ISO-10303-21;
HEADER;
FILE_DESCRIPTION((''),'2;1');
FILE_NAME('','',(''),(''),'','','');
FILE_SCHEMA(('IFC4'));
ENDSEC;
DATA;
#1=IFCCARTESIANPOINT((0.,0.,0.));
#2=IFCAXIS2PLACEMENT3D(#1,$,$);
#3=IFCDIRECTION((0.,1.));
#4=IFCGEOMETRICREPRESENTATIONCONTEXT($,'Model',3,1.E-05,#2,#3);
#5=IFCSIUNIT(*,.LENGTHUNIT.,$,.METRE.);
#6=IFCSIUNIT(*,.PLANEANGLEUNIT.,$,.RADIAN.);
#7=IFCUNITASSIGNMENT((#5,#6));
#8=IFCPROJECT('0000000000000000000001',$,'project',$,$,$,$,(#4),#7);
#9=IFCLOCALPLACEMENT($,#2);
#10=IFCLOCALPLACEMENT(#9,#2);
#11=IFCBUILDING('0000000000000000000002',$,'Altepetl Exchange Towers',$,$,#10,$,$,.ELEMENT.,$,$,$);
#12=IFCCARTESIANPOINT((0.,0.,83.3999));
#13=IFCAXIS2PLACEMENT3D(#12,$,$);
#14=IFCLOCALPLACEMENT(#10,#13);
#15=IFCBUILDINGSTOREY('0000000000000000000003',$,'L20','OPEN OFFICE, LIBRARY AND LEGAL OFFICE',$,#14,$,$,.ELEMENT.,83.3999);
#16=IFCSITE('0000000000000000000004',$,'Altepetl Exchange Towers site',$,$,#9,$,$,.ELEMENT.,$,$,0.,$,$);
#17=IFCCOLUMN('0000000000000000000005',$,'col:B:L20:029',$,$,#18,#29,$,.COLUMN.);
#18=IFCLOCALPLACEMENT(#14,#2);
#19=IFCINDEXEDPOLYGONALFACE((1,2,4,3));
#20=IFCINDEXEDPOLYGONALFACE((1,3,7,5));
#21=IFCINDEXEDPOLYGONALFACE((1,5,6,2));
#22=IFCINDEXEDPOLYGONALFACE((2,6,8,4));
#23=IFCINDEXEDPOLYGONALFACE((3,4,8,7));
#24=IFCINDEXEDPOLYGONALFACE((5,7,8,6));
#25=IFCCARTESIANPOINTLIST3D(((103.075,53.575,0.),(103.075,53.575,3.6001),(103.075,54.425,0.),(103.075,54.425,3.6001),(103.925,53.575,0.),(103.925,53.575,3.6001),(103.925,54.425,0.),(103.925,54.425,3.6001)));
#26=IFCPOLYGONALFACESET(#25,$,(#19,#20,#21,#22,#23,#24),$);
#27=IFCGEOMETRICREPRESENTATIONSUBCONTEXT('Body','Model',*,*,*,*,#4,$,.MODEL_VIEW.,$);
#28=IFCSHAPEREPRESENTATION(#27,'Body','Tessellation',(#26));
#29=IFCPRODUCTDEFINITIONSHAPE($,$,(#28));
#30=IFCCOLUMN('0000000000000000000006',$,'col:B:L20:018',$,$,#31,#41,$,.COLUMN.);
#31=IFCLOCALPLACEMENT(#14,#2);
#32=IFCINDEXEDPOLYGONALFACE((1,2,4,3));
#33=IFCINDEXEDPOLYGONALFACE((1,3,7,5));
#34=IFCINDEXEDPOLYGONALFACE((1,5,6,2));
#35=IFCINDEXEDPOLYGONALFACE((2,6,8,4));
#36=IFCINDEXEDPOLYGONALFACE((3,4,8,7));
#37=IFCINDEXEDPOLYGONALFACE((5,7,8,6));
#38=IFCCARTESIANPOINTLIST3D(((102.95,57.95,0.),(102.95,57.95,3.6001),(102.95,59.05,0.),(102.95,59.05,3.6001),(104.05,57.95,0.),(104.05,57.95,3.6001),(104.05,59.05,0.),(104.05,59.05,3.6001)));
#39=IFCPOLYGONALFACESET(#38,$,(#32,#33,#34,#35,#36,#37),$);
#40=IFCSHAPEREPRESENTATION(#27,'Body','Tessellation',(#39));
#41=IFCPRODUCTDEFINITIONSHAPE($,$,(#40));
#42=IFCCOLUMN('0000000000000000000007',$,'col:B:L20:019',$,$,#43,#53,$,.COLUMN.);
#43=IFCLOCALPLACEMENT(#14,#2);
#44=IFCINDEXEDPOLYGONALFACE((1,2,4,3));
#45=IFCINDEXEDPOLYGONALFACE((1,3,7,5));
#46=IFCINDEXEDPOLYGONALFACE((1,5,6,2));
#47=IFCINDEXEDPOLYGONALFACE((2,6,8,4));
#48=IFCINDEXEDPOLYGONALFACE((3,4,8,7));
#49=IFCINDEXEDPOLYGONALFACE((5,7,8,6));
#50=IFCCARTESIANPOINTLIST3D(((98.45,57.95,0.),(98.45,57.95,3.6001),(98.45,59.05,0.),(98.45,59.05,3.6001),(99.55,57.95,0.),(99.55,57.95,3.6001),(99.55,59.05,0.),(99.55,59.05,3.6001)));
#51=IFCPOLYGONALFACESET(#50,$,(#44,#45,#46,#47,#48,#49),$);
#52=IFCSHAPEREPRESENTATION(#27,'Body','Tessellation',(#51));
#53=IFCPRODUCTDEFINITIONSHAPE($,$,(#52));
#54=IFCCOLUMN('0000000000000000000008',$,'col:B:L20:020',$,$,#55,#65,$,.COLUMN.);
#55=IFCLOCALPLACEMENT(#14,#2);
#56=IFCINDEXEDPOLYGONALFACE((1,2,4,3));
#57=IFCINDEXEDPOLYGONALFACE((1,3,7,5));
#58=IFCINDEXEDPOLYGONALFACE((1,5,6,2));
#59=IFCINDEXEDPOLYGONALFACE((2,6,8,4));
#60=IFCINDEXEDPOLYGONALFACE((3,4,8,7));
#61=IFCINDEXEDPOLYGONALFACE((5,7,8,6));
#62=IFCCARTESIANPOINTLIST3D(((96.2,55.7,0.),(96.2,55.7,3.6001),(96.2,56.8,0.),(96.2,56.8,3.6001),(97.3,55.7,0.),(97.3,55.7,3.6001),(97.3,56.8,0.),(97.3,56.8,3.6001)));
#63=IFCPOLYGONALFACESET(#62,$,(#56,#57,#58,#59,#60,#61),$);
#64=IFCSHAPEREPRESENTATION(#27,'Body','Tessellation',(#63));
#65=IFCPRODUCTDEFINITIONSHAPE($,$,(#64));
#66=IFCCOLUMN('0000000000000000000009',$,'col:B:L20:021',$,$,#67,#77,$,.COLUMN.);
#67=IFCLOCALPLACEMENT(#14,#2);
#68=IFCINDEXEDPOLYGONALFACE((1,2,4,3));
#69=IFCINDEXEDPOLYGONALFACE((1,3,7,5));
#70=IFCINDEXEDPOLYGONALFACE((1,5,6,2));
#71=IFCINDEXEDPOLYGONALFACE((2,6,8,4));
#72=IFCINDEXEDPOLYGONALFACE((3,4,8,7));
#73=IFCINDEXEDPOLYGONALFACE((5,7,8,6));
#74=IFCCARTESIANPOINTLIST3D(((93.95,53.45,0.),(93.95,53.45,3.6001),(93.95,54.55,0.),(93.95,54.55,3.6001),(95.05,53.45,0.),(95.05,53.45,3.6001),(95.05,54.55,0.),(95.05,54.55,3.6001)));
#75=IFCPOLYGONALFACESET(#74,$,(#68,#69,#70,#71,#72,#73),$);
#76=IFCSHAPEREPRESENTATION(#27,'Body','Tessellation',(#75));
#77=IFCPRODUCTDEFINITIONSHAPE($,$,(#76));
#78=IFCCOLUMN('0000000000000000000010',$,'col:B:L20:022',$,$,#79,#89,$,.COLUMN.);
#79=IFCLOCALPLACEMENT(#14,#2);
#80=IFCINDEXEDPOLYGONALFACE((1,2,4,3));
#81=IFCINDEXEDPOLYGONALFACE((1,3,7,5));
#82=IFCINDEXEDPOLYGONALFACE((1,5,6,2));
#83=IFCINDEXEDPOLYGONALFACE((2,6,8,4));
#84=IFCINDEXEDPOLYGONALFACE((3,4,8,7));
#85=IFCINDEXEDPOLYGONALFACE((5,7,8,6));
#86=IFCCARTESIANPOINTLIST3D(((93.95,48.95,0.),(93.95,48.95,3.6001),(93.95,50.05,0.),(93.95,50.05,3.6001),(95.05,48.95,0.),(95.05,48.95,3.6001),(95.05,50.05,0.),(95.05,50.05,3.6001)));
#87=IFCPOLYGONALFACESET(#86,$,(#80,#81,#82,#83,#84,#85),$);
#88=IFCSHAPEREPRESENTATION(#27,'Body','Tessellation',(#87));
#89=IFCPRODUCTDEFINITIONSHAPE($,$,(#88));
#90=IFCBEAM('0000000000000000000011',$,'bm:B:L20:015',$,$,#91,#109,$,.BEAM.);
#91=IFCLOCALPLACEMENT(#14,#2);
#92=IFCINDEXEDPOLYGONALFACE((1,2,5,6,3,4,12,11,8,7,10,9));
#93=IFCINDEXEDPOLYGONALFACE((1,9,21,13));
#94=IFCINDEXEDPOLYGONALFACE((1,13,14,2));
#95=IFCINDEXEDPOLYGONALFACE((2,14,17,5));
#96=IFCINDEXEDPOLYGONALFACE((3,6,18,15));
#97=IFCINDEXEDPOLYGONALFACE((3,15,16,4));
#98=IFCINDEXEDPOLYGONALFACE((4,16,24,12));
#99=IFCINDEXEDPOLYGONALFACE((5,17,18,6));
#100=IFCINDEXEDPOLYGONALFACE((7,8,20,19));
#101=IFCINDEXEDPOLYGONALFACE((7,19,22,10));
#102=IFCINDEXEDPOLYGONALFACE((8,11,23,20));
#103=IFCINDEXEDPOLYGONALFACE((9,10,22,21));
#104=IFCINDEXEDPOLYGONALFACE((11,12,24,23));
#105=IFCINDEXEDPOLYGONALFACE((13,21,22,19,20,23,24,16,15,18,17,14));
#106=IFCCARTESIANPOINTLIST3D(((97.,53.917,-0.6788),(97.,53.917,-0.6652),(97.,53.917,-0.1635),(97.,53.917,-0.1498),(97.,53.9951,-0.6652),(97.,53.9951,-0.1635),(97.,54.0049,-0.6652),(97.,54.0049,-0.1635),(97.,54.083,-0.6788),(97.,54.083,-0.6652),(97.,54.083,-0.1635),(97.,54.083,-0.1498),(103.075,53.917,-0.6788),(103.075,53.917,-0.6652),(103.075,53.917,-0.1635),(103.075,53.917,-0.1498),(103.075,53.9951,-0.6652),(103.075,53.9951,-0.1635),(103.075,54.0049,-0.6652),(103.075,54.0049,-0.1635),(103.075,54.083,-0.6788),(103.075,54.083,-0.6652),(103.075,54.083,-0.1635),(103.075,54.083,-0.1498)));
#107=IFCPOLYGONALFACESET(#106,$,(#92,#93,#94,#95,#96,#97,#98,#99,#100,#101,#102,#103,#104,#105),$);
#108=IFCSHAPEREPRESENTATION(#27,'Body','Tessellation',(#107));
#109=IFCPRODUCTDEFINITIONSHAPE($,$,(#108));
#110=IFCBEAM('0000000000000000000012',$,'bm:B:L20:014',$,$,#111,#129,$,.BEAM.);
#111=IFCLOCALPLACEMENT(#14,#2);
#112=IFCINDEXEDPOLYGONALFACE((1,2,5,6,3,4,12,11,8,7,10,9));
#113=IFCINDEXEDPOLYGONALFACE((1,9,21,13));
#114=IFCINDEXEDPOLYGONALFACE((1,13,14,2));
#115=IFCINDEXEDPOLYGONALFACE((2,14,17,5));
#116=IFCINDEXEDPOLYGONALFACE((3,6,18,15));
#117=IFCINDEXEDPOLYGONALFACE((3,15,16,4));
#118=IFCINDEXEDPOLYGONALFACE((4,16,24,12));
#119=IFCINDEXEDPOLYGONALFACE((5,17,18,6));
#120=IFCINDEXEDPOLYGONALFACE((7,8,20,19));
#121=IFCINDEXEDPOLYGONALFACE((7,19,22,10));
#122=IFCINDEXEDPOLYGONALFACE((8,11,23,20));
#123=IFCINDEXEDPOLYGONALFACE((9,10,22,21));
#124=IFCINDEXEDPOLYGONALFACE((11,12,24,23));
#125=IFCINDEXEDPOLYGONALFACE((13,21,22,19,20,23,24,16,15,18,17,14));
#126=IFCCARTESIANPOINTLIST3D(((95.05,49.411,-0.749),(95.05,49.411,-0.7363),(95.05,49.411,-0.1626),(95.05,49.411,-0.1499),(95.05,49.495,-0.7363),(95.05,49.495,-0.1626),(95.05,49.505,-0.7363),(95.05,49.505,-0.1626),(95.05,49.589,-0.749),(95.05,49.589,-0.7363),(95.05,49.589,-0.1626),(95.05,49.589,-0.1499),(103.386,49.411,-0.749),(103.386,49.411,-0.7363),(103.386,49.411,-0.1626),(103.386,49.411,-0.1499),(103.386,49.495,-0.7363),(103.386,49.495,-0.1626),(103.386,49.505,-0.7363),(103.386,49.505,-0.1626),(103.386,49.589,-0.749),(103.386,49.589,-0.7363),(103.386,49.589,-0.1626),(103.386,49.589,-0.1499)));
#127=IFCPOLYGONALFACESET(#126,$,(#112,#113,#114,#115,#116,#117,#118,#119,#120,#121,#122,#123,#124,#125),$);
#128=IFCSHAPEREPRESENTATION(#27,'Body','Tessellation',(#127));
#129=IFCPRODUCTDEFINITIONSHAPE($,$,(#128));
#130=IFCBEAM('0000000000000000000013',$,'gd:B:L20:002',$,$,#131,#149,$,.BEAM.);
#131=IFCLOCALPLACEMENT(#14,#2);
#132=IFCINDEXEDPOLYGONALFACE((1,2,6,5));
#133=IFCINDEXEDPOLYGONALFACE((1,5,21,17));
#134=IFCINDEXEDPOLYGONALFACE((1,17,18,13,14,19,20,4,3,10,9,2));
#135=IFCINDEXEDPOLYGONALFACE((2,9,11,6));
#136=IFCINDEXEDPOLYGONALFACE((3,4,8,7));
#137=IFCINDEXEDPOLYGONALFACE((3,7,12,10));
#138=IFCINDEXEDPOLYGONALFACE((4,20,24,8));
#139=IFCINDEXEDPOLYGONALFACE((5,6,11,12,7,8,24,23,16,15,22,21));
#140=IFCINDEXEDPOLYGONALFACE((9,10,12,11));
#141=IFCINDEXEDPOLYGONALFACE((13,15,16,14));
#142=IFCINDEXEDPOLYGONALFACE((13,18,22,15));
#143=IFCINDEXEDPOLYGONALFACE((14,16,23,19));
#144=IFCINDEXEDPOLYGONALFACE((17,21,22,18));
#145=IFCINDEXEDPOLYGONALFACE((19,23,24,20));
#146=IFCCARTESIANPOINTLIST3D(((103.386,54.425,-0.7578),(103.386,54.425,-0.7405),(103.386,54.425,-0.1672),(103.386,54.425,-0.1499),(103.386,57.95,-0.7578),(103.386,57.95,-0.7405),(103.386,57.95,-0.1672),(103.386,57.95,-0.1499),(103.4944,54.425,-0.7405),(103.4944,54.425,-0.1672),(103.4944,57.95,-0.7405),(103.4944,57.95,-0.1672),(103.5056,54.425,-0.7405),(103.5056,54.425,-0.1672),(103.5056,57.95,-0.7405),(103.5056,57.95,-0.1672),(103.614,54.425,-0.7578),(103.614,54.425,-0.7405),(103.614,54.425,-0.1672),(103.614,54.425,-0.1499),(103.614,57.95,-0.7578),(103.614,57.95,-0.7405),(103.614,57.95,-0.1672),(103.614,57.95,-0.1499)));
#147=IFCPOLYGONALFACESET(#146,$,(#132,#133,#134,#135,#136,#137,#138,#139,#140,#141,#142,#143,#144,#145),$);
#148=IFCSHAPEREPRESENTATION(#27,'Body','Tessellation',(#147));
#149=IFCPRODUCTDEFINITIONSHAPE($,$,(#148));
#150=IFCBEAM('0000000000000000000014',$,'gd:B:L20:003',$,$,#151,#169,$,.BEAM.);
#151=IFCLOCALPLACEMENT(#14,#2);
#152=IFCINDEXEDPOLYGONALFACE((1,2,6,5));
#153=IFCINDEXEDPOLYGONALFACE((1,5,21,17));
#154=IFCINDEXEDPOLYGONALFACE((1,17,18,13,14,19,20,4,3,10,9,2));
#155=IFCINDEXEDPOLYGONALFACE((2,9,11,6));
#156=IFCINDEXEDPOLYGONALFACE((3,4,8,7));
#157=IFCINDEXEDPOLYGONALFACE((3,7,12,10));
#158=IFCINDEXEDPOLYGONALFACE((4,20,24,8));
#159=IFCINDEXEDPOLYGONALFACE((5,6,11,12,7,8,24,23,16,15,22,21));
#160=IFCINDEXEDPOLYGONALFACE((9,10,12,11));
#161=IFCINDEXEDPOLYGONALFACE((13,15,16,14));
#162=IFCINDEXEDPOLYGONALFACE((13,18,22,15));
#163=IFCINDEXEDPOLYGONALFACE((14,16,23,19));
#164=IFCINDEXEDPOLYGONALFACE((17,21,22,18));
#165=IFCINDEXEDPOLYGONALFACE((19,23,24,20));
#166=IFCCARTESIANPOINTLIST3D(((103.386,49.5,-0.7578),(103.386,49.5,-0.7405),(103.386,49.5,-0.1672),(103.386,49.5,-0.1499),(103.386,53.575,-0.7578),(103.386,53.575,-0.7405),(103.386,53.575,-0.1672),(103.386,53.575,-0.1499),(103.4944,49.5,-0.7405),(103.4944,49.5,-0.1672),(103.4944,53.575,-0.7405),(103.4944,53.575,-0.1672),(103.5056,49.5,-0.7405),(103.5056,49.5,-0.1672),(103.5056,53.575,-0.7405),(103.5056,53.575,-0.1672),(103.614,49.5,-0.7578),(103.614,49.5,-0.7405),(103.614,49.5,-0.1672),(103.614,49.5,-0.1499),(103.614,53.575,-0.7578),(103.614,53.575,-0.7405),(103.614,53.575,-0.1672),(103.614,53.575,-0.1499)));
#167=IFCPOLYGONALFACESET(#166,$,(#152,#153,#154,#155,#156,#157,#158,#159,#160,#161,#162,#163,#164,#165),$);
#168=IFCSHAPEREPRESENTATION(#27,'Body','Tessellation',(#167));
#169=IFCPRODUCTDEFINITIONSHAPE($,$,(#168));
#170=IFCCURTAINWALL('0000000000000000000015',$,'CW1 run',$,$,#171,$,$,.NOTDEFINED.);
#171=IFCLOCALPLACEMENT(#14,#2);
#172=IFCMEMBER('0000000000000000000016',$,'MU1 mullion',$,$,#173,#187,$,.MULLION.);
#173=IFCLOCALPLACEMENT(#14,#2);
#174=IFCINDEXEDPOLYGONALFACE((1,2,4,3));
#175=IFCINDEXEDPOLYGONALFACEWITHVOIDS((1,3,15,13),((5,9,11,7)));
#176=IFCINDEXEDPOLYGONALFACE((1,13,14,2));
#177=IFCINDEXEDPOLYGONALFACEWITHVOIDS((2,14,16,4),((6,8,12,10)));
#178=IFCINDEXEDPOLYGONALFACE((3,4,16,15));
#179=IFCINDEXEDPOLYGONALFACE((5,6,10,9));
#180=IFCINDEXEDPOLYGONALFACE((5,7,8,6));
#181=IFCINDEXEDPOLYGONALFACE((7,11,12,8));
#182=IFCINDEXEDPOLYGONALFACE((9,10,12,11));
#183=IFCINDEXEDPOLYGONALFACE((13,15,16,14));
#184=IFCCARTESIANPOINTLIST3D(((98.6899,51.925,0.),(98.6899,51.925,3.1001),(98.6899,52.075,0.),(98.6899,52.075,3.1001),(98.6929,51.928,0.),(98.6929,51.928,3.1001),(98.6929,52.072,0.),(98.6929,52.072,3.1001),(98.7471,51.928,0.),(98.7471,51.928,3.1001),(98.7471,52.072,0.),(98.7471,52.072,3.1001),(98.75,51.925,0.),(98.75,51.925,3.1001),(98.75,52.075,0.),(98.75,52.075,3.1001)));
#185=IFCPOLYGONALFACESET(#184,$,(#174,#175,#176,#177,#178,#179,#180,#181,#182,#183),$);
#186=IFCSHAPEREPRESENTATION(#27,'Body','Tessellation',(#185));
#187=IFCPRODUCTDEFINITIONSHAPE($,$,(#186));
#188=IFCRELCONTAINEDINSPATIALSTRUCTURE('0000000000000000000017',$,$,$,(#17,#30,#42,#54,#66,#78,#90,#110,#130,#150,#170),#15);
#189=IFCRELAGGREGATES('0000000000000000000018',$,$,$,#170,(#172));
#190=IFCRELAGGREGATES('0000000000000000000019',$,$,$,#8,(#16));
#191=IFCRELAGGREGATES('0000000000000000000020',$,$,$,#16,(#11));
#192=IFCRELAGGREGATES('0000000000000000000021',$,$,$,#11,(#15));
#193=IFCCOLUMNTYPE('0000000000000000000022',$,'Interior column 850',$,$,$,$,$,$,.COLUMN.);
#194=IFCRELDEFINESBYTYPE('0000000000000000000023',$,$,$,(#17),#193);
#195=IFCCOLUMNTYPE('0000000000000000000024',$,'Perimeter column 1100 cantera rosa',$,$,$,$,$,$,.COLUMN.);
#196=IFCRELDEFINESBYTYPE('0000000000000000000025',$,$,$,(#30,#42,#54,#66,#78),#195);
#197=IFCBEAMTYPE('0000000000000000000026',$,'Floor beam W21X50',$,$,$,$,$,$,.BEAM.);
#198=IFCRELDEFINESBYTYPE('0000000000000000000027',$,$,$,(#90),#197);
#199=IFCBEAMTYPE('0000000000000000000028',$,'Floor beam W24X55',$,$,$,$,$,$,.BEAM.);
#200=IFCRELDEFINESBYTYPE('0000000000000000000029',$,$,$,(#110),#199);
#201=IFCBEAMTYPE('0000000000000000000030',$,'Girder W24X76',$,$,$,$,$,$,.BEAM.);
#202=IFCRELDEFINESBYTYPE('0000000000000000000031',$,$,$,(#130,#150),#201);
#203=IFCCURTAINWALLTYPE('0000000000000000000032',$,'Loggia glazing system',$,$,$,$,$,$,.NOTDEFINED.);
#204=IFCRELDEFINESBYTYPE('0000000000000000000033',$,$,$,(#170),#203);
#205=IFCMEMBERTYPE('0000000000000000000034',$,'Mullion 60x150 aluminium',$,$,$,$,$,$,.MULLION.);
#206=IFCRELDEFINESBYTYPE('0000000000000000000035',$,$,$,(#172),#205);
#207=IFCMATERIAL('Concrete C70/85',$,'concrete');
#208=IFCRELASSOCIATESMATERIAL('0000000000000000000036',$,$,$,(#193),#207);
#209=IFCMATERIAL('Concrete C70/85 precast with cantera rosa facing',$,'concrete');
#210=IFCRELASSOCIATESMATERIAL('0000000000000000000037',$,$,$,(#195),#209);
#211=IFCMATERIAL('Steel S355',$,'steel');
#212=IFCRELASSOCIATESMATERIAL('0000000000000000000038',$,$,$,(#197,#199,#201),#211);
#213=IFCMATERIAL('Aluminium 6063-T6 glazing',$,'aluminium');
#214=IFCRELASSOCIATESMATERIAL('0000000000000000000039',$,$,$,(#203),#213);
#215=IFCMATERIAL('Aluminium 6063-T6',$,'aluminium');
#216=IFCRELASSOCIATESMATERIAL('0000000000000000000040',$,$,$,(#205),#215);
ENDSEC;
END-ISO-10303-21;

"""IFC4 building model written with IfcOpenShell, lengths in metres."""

from ifc_helpers import new_model, si_unit, direction, frame, origin, origin_2d, place, context, subcontext, project, spatial, rectangle, hollow_rectangle, i_section, extrude, material, material_profile, profile_set, type_object, element, aggregate, save


model = new_model("IFC4")

# Units and contexts
model_context = context("Model", 3, precision=1e-05, world=origin(), true_north=direction((0.0, 1.0)))
body_context = subcontext(model_context, "Body", "Model", "MODEL_VIEW")
ifc_project = project(units=[si_unit("LENGTHUNIT", "METRE"), si_unit("PLANEANGLEUNIT", "RADIAN")], contexts=[model_context])

# Site, building, storey
site_placement = place(None, origin())
site = spatial("IfcSite", under=ifc_project, at=site_placement, Name="Altepetl Exchange Towers site", CompositionType="ELEMENT", RefElevation=0.0)
building_placement = place(site_placement, origin())
building = spatial("IfcBuilding", under=site, at=building_placement, Name="Altepetl Exchange Towers", CompositionType="ELEMENT")
storey_placement = place(building_placement, frame((0.0, 0.0, 83.3999)))
storey = spatial("IfcBuildingStorey", under=building, at=storey_placement, Name="L20", Description="OPEN OFFICE, LIBRARY AND LEGAL OFFICE", CompositionType="ELEMENT", Elevation=83.3999)

# Columns
ifc_material_1 = material(Name="Concrete C70/85", Category="concrete")
ifc_material_profile_1 = material_profile(ifc_material_1, rectangle(XDim=0.8501, YDim=0.8501, at=origin_2d()), Name="850 x 850")
ifc_profile_set_1 = profile_set([ifc_material_profile_1], Name="Concrete C70/85")
column_type_1 = type_object("IfcColumnType", Name="Interior column 850", PredefinedType="COLUMN", material=ifc_profile_set_1)
column_placement = place(storey_placement, frame((103.5, 54.0, 0.0)))
element("IfcColumn", 1, at=column_placement, inside=storey, type_object=column_type_1, Name="col:B:L20:029", PredefinedType="COLUMN", context=body_context, shape_type="SweptSolid", body=[
    extrude(rectangle(XDim=0.8501, YDim=0.8501, at=origin_2d()), origin(), (0.0, 0.0, 1.0), 3.6001),
])
ifc_material_2 = material(Name="Concrete C70/85 precast with cantera rosa facing", Category="concrete")
ifc_material_profile_2 = material_profile(ifc_material_2, rectangle(XDim=1.1001, YDim=1.1001, at=origin_2d()), Name="1100 x 1100")
ifc_profile_set_2 = profile_set([ifc_material_profile_2], Name="Concrete C70/85 precast with cantera rosa facing")
column_type_2 = type_object("IfcColumnType", Name="Perimeter column 1100 cantera rosa", PredefinedType="COLUMN", material=ifc_profile_set_2)
for number, where, name in (
    (2, (103.5, 58.5, 0.0), "col:B:L20:018"),
    (3, (99.0, 58.5, 0.0), "col:B:L20:019"),
    (4, (96.75, 56.25, 0.0), "col:B:L20:020"),
    (5, (94.5, 54.0, 0.0), "col:B:L20:021"),
    (6, (94.5, 49.5, 0.0), "col:B:L20:022"),
):
    element("IfcColumn", number, at=place(storey_placement, frame(where)), inside=storey, type_object=column_type_2, Name=name, PredefinedType="COLUMN", context=body_context, shape_type="SweptSolid", body=[
        extrude(rectangle(XDim=1.1001, YDim=1.1001, at=origin_2d()), origin(), (0.0, 0.0, 1.0), 3.6001),
    ])

# Beams
ifc_material_3 = material(Name="Steel S355", Category="steel")
ifc_material_profile_3 = material_profile(ifc_material_3, i_section(OverallWidth=0.166, OverallDepth=0.5291, WebThickness=0.0098, FlangeThickness=0.0137, at=origin_2d()), Name="W21X50")
ifc_profile_set_3 = profile_set([ifc_material_profile_3], Name="Steel S355")
beam_type_1 = type_object("IfcBeamType", Name="Floor beam W21X50", PredefinedType="BEAM", material=ifc_profile_set_3)
beam_1_placement = place(storey_placement, frame((97.0, 54.0, -0.4143), z_axis=(1.0, 0.0, 0.0), x_axis=(0.0, 1.0, 0.0)))
element("IfcBeam", 7, at=beam_1_placement, inside=storey, type_object=beam_type_1, Name="bm:B:L20:015", PredefinedType="BEAM", context=body_context, shape_type="SweptSolid", body=[
    extrude(i_section(OverallWidth=0.166, OverallDepth=0.5291, WebThickness=0.0098, FlangeThickness=0.0137, at=origin_2d()), origin(), (0.0, 0.0, 1.0), 6.075),
])
ifc_material_profile_4 = material_profile(ifc_material_3, i_section(OverallWidth=0.178, OverallDepth=0.5991, WebThickness=0.01, FlangeThickness=0.0127, at=origin_2d()), Name="W24X55")
ifc_profile_set_4 = profile_set([ifc_material_profile_4], Name="Steel S355")
beam_type_2 = type_object("IfcBeamType", Name="Floor beam W24X55", PredefinedType="BEAM", material=ifc_profile_set_4)
beam_2_placement = place(storey_placement, frame((95.05, 49.5, -0.4495), z_axis=(1.0, 0.0, 0.0), x_axis=(0.0, 1.0, 0.0)))
element("IfcBeam", 8, at=beam_2_placement, inside=storey, type_object=beam_type_2, Name="bm:B:L20:014", PredefinedType="BEAM", context=body_context, shape_type="SweptSolid", body=[
    extrude(i_section(OverallWidth=0.178, OverallDepth=0.5991, WebThickness=0.01, FlangeThickness=0.0127, at=origin_2d()), origin(), (0.0, 0.0, 1.0), 8.3359),
])
ifc_material_profile_5 = material_profile(ifc_material_3, i_section(OverallWidth=0.228, OverallDepth=0.6079, WebThickness=0.0112, FlangeThickness=0.0173, at=origin_2d()), Name="W24X76")
ifc_profile_set_5 = profile_set([ifc_material_profile_5], Name="Steel S355")
beam_type_3 = type_object("IfcBeamType", Name="Girder W24X76", PredefinedType="BEAM", material=ifc_profile_set_5)
beam_3_placement = place(storey_placement, frame((103.5, 57.95, -0.4539), z_axis=(0.0, -1.0, 0.0), x_axis=(1.0, 0.0, 0.0)))
element("IfcBeam", 9, at=beam_3_placement, inside=storey, type_object=beam_type_3, Name="gd:B:L20:002", PredefinedType="BEAM", context=body_context, shape_type="SweptSolid", body=[
    extrude(i_section(OverallWidth=0.228, OverallDepth=0.6079, WebThickness=0.0112, FlangeThickness=0.0173, at=origin_2d()), origin(), (0.0, 0.0, 1.0), 3.5249),
])
beam_4_placement = place(storey_placement, frame((103.5, 53.575, -0.4539), z_axis=(0.0, -1.0, 0.0), x_axis=(1.0, 0.0, 0.0)))
element("IfcBeam", 10, at=beam_4_placement, inside=storey, type_object=beam_type_3, Name="gd:B:L20:003", PredefinedType="BEAM", context=body_context, shape_type="SweptSolid", body=[
    extrude(i_section(OverallWidth=0.228, OverallDepth=0.6079, WebThickness=0.0112, FlangeThickness=0.0173, at=origin_2d()), origin(), (0.0, 0.0, 1.0), 4.075),
])

# Curtain wall, member
ifc_material_4 = material(Name="Aluminium 6063-T6 glazing", Category="aluminium")
curtain_wall_type = type_object("IfcCurtainWallType", Name="Loggia glazing system", PredefinedType="NOTDEFINED", material=ifc_material_4)
curtain_wall_1_placement = place(storey_placement, origin())
curtain_wall_1 = element("IfcCurtainWall", 11, at=curtain_wall_1_placement, inside=storey, type_object=curtain_wall_type, Name="CW1 run", PredefinedType="NOTDEFINED")
ifc_material_5 = material(Name="Aluminium 6063-T6", Category="aluminium")
ifc_material_profile_6 = material_profile(ifc_material_5, hollow_rectangle(XDim=0.0601, YDim=0.1499, WallThickness=0.0029, at=origin_2d()), Name="Mullion 60x150 aluminium")
ifc_profile_set_6 = profile_set([ifc_material_profile_6], Name="Aluminium 6063-T6")
member_type = type_object("IfcMemberType", Name="Mullion 60x150 aluminium", PredefinedType="MULLION", material=ifc_profile_set_6)
member_1_placement = place(storey_placement, frame((98.72, 52.0, 0.0), z_axis=(0.0, 0.0, 1.0), x_axis=(-1.0, 0.0, 0.0)))
member_1 = element("IfcMember", 12, at=member_1_placement, type_object=member_type, Name="MU1 mullion", PredefinedType="MULLION", context=body_context, shape_type="SweptSolid", body=[
    extrude(hollow_rectangle(XDim=0.0601, YDim=0.1499, WallThickness=0.0029, at=origin_2d()), origin(), (0.0, 0.0, 1.0), 3.1001),
])

aggregate(curtain_wall_1, [member_1])

save(model, "model.ifc")
